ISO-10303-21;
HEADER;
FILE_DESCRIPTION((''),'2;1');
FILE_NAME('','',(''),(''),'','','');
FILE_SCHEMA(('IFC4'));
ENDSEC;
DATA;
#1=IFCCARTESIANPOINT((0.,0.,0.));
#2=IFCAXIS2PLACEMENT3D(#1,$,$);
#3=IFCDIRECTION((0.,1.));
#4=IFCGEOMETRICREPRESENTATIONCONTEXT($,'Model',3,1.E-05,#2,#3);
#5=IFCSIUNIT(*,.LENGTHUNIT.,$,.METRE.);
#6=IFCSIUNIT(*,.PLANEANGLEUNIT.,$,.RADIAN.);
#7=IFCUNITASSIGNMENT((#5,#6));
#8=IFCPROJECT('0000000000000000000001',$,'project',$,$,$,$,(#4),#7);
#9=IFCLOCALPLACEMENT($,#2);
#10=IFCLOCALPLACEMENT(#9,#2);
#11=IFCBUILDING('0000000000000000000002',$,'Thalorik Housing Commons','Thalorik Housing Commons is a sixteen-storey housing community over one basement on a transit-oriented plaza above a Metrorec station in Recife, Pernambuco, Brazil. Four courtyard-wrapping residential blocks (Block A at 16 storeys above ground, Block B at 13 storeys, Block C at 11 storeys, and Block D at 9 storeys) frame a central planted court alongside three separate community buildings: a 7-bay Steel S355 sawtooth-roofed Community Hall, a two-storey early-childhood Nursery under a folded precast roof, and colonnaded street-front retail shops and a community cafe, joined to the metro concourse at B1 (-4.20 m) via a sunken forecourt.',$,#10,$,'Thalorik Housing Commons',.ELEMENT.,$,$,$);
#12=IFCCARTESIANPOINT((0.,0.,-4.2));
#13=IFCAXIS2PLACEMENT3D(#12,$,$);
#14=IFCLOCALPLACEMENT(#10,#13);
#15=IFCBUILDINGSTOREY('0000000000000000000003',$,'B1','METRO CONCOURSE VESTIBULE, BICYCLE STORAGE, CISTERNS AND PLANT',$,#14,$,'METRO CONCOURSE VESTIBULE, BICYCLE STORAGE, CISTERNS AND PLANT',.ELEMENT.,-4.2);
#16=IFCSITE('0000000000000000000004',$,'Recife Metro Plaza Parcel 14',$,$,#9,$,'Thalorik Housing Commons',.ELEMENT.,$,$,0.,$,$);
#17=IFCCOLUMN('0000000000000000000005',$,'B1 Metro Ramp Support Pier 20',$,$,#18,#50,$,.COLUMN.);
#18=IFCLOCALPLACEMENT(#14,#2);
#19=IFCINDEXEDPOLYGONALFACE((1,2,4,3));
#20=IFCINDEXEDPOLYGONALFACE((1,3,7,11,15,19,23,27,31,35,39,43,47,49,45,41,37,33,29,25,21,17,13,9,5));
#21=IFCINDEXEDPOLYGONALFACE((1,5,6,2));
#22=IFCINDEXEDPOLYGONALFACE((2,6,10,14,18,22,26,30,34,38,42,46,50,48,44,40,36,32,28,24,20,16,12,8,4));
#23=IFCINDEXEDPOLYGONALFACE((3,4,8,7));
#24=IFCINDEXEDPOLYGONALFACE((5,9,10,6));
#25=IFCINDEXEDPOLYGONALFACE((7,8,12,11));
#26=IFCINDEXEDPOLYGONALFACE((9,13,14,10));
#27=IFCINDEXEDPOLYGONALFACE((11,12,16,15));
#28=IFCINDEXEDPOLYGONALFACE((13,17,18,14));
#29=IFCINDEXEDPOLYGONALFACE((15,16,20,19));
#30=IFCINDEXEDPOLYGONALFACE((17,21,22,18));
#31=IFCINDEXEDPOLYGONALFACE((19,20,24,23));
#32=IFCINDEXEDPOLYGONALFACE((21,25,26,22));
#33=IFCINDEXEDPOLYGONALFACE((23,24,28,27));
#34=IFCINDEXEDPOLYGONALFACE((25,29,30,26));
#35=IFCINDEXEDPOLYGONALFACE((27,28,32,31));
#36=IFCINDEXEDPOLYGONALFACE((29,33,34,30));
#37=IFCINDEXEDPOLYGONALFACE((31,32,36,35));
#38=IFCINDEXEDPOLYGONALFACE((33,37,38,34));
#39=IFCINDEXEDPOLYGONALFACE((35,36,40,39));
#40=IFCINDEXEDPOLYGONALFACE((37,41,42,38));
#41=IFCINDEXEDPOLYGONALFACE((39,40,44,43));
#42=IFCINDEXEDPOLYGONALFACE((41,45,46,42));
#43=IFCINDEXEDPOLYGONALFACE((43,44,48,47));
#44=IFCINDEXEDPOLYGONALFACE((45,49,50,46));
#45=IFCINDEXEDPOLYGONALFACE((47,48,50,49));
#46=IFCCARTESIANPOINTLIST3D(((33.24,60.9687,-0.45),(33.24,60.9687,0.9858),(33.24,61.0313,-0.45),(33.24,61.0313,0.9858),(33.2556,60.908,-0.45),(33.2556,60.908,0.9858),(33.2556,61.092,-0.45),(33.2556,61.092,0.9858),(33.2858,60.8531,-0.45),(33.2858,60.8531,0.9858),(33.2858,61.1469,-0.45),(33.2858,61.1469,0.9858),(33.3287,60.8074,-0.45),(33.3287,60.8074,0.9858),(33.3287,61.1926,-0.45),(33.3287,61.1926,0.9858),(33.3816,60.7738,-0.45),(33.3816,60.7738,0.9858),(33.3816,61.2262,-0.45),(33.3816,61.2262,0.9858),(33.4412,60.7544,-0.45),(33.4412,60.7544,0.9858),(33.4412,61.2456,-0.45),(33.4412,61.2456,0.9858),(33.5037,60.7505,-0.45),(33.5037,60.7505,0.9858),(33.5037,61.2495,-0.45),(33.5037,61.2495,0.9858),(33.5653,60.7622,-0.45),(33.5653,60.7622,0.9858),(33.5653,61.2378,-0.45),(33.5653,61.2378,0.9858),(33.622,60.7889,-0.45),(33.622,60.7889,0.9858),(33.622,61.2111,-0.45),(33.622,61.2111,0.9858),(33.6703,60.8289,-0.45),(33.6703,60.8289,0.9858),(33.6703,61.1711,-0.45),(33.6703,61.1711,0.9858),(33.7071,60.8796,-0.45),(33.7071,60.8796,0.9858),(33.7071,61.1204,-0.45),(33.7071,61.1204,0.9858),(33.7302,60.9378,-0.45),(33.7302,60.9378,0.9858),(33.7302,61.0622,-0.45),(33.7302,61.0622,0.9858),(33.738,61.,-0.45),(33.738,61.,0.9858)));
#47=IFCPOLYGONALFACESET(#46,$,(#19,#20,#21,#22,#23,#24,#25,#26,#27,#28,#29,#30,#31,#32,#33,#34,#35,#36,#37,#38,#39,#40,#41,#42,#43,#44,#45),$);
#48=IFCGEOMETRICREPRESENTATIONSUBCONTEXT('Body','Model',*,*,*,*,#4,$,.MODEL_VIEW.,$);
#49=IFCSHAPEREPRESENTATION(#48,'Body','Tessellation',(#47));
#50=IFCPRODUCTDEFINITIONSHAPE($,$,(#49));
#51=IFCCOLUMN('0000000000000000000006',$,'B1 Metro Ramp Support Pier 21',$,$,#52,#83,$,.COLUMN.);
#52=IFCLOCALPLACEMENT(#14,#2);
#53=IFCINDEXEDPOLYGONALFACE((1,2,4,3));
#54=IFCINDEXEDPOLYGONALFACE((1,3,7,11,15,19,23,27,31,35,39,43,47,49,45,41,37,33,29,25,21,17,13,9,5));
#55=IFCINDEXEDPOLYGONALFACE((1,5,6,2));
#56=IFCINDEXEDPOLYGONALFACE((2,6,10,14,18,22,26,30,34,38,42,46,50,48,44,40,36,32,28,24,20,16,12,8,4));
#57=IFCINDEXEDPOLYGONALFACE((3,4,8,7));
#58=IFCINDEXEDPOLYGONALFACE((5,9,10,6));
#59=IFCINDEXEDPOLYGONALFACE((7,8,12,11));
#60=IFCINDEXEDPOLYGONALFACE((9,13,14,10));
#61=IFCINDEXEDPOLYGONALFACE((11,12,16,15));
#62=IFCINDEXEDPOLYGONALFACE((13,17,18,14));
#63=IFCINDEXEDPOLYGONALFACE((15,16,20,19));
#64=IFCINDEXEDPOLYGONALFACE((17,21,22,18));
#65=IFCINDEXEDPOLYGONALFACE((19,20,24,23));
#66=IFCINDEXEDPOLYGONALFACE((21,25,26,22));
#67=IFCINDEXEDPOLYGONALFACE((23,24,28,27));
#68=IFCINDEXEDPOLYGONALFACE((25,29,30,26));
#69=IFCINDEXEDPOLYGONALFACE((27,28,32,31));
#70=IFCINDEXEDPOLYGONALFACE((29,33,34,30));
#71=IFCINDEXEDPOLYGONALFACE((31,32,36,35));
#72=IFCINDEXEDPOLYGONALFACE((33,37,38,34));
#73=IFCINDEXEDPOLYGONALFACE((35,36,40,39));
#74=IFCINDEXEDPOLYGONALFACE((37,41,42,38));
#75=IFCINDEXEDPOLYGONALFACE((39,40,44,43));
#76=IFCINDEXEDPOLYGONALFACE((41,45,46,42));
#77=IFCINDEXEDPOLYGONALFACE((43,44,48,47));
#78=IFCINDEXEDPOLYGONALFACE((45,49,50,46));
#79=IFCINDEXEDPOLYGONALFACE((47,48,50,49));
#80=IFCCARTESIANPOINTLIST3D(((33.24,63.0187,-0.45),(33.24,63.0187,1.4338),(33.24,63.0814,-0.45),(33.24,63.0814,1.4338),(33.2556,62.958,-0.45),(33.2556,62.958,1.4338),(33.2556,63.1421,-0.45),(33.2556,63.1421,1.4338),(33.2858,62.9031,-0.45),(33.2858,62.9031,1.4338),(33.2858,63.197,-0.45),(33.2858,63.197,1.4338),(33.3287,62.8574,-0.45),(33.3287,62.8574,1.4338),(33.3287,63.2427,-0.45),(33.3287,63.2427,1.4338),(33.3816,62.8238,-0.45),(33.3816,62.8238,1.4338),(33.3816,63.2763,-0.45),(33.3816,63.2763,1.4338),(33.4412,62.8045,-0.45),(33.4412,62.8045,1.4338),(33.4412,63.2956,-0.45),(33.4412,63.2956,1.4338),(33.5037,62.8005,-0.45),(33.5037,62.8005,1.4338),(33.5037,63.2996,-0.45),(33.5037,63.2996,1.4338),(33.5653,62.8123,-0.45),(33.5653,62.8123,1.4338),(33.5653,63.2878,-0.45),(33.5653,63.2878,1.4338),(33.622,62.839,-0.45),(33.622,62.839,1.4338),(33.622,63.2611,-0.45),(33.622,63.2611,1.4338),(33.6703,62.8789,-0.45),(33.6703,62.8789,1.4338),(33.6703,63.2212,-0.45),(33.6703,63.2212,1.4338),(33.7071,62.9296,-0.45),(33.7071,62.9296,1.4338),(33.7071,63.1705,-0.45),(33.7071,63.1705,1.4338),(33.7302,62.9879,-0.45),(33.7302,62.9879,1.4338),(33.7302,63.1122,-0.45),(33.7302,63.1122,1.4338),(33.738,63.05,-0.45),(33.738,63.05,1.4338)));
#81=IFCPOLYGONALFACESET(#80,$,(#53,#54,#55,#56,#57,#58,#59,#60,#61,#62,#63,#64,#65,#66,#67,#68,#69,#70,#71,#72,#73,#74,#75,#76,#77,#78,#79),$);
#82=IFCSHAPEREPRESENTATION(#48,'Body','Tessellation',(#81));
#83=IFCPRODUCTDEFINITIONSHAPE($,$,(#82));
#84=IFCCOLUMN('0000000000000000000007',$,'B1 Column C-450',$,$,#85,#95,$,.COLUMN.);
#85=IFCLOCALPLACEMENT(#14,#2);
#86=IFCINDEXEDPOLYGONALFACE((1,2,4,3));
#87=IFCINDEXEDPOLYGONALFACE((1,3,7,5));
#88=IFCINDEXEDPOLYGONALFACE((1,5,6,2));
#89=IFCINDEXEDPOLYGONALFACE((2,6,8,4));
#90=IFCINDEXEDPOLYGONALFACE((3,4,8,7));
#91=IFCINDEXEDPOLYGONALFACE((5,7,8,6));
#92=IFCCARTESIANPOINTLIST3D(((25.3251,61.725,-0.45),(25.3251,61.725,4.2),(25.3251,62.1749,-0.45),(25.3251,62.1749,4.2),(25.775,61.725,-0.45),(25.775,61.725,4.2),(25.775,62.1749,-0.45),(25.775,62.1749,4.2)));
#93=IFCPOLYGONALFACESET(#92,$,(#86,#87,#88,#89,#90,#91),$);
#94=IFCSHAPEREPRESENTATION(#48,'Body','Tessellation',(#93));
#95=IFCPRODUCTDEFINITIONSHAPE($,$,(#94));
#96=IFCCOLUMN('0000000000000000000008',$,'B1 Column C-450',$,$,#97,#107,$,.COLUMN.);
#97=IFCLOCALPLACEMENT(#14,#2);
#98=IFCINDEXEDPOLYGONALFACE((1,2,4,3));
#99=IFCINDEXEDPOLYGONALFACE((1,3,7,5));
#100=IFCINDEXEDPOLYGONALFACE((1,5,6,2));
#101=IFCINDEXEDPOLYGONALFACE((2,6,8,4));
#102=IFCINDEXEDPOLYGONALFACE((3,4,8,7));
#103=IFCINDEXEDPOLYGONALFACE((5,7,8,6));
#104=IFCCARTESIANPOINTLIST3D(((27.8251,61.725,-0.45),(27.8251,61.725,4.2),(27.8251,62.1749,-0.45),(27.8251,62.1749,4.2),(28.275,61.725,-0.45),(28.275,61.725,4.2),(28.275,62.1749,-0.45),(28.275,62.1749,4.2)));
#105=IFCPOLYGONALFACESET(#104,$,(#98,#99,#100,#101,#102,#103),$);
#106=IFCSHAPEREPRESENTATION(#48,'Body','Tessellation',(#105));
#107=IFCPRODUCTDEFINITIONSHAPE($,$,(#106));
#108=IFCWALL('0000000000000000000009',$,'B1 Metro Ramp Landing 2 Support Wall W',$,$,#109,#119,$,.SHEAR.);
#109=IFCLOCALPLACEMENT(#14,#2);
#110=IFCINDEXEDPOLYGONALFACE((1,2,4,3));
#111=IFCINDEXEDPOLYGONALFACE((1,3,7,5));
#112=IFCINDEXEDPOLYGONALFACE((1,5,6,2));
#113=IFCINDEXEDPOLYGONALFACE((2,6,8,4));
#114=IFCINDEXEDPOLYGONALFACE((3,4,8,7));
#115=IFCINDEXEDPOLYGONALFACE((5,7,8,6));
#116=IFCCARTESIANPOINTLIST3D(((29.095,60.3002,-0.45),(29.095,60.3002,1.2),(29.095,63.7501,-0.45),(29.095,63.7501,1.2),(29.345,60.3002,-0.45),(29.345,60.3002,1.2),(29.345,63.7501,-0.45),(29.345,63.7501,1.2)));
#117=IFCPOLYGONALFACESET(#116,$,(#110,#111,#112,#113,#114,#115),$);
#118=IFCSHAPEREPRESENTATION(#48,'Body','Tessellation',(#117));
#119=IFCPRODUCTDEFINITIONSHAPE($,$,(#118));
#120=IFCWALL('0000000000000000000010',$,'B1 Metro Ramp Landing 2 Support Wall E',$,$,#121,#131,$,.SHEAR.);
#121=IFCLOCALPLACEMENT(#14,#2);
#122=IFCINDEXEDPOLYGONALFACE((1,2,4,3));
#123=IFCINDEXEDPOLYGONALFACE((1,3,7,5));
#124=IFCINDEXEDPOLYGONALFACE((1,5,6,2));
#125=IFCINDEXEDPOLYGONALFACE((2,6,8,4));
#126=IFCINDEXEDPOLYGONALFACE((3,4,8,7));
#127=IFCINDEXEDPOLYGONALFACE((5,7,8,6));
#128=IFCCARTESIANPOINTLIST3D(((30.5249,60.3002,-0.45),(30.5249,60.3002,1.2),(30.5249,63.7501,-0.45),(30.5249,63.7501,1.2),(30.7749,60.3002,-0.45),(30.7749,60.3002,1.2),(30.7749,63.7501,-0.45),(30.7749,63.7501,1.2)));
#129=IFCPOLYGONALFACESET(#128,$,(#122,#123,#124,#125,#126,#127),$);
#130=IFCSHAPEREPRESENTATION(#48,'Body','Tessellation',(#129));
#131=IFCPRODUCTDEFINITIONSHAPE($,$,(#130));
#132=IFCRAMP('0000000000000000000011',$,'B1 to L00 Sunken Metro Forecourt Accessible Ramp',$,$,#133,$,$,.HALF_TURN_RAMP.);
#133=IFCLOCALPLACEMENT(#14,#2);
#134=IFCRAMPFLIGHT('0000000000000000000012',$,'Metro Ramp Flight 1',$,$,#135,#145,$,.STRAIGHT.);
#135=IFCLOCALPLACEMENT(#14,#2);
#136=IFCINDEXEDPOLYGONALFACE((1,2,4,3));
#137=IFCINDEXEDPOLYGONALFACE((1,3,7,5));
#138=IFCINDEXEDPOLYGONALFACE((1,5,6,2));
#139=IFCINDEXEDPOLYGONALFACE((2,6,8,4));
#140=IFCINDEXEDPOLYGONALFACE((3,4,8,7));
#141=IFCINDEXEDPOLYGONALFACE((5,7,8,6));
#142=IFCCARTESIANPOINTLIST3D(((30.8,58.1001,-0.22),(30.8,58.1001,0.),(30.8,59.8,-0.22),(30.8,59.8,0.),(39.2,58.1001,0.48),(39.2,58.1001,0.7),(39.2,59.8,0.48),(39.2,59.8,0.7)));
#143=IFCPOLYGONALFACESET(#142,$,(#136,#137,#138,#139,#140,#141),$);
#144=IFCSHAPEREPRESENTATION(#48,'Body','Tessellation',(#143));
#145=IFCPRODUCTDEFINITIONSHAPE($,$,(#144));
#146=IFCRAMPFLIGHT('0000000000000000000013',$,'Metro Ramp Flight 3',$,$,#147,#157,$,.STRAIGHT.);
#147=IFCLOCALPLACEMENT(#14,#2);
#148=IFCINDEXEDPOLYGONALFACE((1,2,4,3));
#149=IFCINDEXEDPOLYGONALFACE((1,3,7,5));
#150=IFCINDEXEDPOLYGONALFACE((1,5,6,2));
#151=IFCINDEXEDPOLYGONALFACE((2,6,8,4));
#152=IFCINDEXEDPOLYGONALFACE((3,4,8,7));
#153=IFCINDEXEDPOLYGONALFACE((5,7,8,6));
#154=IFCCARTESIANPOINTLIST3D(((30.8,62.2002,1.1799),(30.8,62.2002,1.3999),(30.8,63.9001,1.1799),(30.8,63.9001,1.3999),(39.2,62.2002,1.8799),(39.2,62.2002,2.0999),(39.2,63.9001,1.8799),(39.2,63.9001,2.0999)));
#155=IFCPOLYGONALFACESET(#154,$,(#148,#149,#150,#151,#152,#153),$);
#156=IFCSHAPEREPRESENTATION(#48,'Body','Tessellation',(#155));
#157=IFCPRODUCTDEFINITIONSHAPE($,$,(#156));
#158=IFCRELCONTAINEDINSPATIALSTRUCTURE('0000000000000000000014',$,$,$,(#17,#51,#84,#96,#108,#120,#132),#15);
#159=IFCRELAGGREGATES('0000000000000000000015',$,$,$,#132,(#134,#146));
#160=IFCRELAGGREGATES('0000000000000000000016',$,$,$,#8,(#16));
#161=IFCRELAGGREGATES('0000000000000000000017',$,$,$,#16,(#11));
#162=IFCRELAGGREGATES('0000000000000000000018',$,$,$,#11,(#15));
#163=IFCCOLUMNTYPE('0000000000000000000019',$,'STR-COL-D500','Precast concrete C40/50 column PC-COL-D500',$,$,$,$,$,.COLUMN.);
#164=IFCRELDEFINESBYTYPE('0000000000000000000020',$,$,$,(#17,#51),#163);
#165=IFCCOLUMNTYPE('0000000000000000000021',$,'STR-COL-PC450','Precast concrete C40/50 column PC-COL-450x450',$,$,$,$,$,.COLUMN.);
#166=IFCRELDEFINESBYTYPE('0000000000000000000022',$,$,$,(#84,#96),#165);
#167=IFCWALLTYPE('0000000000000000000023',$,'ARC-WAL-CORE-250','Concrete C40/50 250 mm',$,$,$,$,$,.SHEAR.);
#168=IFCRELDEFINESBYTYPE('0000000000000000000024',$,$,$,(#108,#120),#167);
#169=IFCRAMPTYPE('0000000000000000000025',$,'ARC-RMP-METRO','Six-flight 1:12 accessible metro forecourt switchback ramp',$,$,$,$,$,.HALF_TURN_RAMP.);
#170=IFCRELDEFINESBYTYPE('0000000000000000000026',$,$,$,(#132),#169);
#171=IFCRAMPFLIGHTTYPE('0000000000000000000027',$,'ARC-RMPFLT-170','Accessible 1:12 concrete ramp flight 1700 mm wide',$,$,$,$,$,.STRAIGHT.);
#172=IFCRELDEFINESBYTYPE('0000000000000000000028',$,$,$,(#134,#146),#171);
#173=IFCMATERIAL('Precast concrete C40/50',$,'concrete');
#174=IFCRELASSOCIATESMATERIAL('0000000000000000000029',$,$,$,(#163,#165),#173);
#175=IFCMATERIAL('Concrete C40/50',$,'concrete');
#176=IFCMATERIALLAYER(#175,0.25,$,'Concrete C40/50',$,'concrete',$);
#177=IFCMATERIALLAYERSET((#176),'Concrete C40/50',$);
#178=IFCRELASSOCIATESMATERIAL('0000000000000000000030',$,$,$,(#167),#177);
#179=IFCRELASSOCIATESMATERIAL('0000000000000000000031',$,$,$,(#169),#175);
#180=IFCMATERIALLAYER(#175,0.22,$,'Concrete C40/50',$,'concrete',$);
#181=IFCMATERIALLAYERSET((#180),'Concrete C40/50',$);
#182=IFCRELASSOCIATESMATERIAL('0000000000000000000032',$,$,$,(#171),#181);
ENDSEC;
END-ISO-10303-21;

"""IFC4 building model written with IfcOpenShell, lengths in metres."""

from ifc_helpers import new_model, si_unit, direction, frame, frame_2d, origin, origin_2d, place, context, subcontext, project, spatial, polyline, rectangle, circle, outline, extrude, material, layer, layer_set, material_profile, profile_set, type_object, element, aggregate, save


model = new_model("IFC4")

# Units and contexts
model_context = context("Model", 3, precision=1e-05, world=origin(), true_north=direction((0.0, 1.0)))
body_context = subcontext(model_context, "Body", "Model", "MODEL_VIEW")
ifc_project = project(units=[si_unit("LENGTHUNIT", "METRE"), si_unit("PLANEANGLEUNIT", "RADIAN")], contexts=[model_context])

# Site, building, storey
site_placement = place(None, origin())
site = spatial("IfcSite", under=ifc_project, at=site_placement, Name="Recife Metro Plaza Parcel 14", LongName="Thalorik Housing Commons", CompositionType="ELEMENT", RefElevation=0.0)
building_placement = place(site_placement, origin())
building = spatial("IfcBuilding", under=site, at=building_placement, Name="Thalorik Housing Commons", Description="Thalorik Housing Commons is a sixteen-storey housing community over one basement on a transit-oriented plaza above a Metrorec station in Recife, Pernambuco, Brazil. Four courtyard-wrapping residential blocks (Block A at 16 storeys above ground, Block B at 13 storeys, Block C at 11 storeys, and Block D at 9 storeys) frame a central planted court alongside three separate community buildings: a 7-bay Steel S355 sawtooth-roofed Community Hall, a two-storey early-childhood Nursery under a folded precast roof, and colonnaded street-front retail shops and a community cafe, joined to the metro concourse at B1 (-4.20 m) via a sunken forecourt.", LongName="Thalorik Housing Commons", CompositionType="ELEMENT")
storey_placement = place(building_placement, frame((0.0, 0.0, -4.2)))
storey = spatial("IfcBuildingStorey", under=building, at=storey_placement, Name="B1", Description="METRO CONCOURSE VESTIBULE, BICYCLE STORAGE, CISTERNS AND PLANT", LongName="METRO CONCOURSE VESTIBULE, BICYCLE STORAGE, CISTERNS AND PLANT", CompositionType="ELEMENT", Elevation=-4.2)

# Shared definitions
ifc_material_1 = material(Name="Concrete C40/50", Category="concrete")

# Columns
ifc_material_2 = material(Name="Precast concrete C40/50", Category="concrete")
ifc_material_profile_1 = material_profile(ifc_material_2, circle(Radius=0.25, at=origin_2d()), Name="PC D500", Category="concrete")
ifc_profile_set_1 = profile_set([ifc_material_profile_1], Name="Precast concrete C40/50")
column_type_1 = type_object("IfcColumnType", Name="STR-COL-D500", Description="Precast concrete C40/50 column PC-COL-D500", PredefinedType="COLUMN", material=ifc_profile_set_1)
column_1_placement = place(storey_placement, frame((33.488, 61.0, -0.45), z_axis=(0.0, 0.0, 1.0), x_axis=(1.0, 0.0, 0.0)))
element("IfcColumn", 1, at=column_1_placement, inside=storey, type_object=column_type_1, Name="B1 Metro Ramp Support Pier 20", PredefinedType="COLUMN", context=body_context, shape_type="SweptSolid", body=[
    extrude(circle(Radius=0.25, at=origin_2d()), origin(), (0.0, 0.0, 1.0), 1.4358),
])
column_2_placement = place(storey_placement, frame((33.488, 63.05, -0.45), z_axis=(0.0, 0.0, 1.0), x_axis=(1.0, 0.0, 0.0)))
element("IfcColumn", 2, at=column_2_placement, inside=storey, type_object=column_type_1, Name="B1 Metro Ramp Support Pier 21", PredefinedType="COLUMN", context=body_context, shape_type="SweptSolid", body=[
    extrude(circle(Radius=0.25, at=origin_2d()), origin(), (0.0, 0.0, 1.0), 1.8838),
])
ifc_material_profile_2 = material_profile(ifc_material_2, rectangle(XDim=0.45, YDim=0.45, at=origin_2d()), Name="PC 450x450", Category="concrete")
ifc_profile_set_2 = profile_set([ifc_material_profile_2], Name="Precast concrete C40/50")
column_type_2 = type_object("IfcColumnType", Name="STR-COL-PC450", Description="Precast concrete C40/50 column PC-COL-450x450", PredefinedType="COLUMN", material=ifc_profile_set_2)
for number, where, z_axis, x_axis, name in (
    (3, (25.55, 61.95, -0.45), (0.0, 0.0, 1.0), (1.0, 0.0, 0.0), "B1 Column C-450"),
    (4, (28.05, 61.95, -0.45), (0.0, 0.0, 1.0), (1.0, 0.0, 0.0), "B1 Column C-450"),
):
    element("IfcColumn", number, at=place(storey_placement, frame(where, z_axis=z_axis, x_axis=x_axis)), inside=storey, type_object=column_type_2, Name=name, PredefinedType="COLUMN", context=body_context, shape_type="SweptSolid", body=[
        extrude(rectangle(XDim=0.45, YDim=0.45, at=origin_2d()), origin(), (0.0, 0.0, 1.0), 4.6499),
    ])

# Walls
ifc_layer_1 = layer(ifc_material_1, 0.25, Name="Concrete C40/50", Category="concrete")
ifc_layer_set_1 = layer_set([ifc_layer_1], Name="Concrete C40/50")
wall_type = type_object("IfcWallType", Name="ARC-WAL-CORE-250", Description="Concrete C40/50 250 mm", PredefinedType="SHEAR", material=ifc_layer_set_1)
for number, where, z_axis, x_axis, name in (
    (5, (29.22, 60.3, -0.45), (0.0, 0.0, 1.0), (0.0, 1.0, 0.0), "B1 Metro Ramp Landing 2 Support Wall W"),
    (6, (30.6499, 60.3, -0.45), (0.0, 0.0, 1.0), (0.0, 1.0, 0.0), "B1 Metro Ramp Landing 2 Support Wall E"),
):
    element("IfcWall", number, at=place(storey_placement, frame(where, z_axis=z_axis, x_axis=x_axis)), inside=storey, type_object=wall_type, Name=name, PredefinedType="SHEAR", context=body_context, shape_type="SweptSolid", body=[
        extrude(rectangle(XDim=3.45, YDim=0.25, at=frame_2d((1.7251, 0.0))), origin(), (0.0, 0.0, 1.0), 1.6499),
    ])

# Ramp, ramp flights
ramp_type = type_object("IfcRampType", Name="ARC-RMP-METRO", Description="Six-flight 1:12 accessible metro forecourt switchback ramp", PredefinedType="HALF_TURN_RAMP", material=ifc_material_1)
ramp_placement = place(storey_placement, origin())
ramp = element("IfcRamp", 7, at=ramp_placement, inside=storey, type_object=ramp_type, Name="B1 to L00 Sunken Metro Forecourt Accessible Ramp", PredefinedType="HALF_TURN_RAMP")
ifc_layer_2 = layer(ifc_material_1, 0.22, Name="Concrete C40/50", Category="concrete")
ifc_layer_set_2 = layer_set([ifc_layer_2], Name="Concrete C40/50")
ramp_flight_type = type_object("IfcRampFlightType", Name="ARC-RMPFLT-170", Description="Accessible 1:12 concrete ramp flight 1700 mm wide", PredefinedType="STRAIGHT", material=ifc_layer_set_2)
ramp_flight_1_placement = place(storey_placement, frame((30.8, 58.95, 0.0), z_axis=(0.0, 0.0, 1.0), x_axis=(1.0, 0.0, 0.0)))
ramp_flight_1 = element("IfcRampFlight", 8, at=ramp_flight_1_placement, type_object=ramp_flight_type, Name="Metro Ramp Flight 1", PredefinedType="STRAIGHT", context=body_context, shape_type="SweptSolid", body=[
    extrude(outline(polyline([(0.0, 0.0), (0.0, -0.22), (8.3999, 0.48), (8.3999, 0.7), (0.0, 0.0)])), frame((0.0, 0.8501, 0.0), z_axis=(0.0, -1.0, 0.0), x_axis=(1.0, 0.0, 0.0)), (0.0, 0.0, 1.0), 1.7),
])
ramp_flight_2_placement = place(storey_placement, frame((30.8, 63.05, 1.3999), z_axis=(0.0, 0.0, 1.0), x_axis=(1.0, 0.0, 0.0)))
ramp_flight_2 = element("IfcRampFlight", 9, at=ramp_flight_2_placement, type_object=ramp_flight_type, Name="Metro Ramp Flight 3", PredefinedType="STRAIGHT", context=body_context, shape_type="SweptSolid", body=[
    extrude(outline(polyline([(0.0, 0.0), (0.0, -0.22), (8.3999, 0.48), (8.3999, 0.7), (0.0, 0.0)])), frame((0.0, 0.8501, 0.0), z_axis=(0.0, -1.0, 0.0), x_axis=(1.0, 0.0, 0.0)), (0.0, 0.0, 1.0), 1.7),
])
aggregate(ramp, [ramp_flight_1, ramp_flight_2])

save(model, "model.ifc")
